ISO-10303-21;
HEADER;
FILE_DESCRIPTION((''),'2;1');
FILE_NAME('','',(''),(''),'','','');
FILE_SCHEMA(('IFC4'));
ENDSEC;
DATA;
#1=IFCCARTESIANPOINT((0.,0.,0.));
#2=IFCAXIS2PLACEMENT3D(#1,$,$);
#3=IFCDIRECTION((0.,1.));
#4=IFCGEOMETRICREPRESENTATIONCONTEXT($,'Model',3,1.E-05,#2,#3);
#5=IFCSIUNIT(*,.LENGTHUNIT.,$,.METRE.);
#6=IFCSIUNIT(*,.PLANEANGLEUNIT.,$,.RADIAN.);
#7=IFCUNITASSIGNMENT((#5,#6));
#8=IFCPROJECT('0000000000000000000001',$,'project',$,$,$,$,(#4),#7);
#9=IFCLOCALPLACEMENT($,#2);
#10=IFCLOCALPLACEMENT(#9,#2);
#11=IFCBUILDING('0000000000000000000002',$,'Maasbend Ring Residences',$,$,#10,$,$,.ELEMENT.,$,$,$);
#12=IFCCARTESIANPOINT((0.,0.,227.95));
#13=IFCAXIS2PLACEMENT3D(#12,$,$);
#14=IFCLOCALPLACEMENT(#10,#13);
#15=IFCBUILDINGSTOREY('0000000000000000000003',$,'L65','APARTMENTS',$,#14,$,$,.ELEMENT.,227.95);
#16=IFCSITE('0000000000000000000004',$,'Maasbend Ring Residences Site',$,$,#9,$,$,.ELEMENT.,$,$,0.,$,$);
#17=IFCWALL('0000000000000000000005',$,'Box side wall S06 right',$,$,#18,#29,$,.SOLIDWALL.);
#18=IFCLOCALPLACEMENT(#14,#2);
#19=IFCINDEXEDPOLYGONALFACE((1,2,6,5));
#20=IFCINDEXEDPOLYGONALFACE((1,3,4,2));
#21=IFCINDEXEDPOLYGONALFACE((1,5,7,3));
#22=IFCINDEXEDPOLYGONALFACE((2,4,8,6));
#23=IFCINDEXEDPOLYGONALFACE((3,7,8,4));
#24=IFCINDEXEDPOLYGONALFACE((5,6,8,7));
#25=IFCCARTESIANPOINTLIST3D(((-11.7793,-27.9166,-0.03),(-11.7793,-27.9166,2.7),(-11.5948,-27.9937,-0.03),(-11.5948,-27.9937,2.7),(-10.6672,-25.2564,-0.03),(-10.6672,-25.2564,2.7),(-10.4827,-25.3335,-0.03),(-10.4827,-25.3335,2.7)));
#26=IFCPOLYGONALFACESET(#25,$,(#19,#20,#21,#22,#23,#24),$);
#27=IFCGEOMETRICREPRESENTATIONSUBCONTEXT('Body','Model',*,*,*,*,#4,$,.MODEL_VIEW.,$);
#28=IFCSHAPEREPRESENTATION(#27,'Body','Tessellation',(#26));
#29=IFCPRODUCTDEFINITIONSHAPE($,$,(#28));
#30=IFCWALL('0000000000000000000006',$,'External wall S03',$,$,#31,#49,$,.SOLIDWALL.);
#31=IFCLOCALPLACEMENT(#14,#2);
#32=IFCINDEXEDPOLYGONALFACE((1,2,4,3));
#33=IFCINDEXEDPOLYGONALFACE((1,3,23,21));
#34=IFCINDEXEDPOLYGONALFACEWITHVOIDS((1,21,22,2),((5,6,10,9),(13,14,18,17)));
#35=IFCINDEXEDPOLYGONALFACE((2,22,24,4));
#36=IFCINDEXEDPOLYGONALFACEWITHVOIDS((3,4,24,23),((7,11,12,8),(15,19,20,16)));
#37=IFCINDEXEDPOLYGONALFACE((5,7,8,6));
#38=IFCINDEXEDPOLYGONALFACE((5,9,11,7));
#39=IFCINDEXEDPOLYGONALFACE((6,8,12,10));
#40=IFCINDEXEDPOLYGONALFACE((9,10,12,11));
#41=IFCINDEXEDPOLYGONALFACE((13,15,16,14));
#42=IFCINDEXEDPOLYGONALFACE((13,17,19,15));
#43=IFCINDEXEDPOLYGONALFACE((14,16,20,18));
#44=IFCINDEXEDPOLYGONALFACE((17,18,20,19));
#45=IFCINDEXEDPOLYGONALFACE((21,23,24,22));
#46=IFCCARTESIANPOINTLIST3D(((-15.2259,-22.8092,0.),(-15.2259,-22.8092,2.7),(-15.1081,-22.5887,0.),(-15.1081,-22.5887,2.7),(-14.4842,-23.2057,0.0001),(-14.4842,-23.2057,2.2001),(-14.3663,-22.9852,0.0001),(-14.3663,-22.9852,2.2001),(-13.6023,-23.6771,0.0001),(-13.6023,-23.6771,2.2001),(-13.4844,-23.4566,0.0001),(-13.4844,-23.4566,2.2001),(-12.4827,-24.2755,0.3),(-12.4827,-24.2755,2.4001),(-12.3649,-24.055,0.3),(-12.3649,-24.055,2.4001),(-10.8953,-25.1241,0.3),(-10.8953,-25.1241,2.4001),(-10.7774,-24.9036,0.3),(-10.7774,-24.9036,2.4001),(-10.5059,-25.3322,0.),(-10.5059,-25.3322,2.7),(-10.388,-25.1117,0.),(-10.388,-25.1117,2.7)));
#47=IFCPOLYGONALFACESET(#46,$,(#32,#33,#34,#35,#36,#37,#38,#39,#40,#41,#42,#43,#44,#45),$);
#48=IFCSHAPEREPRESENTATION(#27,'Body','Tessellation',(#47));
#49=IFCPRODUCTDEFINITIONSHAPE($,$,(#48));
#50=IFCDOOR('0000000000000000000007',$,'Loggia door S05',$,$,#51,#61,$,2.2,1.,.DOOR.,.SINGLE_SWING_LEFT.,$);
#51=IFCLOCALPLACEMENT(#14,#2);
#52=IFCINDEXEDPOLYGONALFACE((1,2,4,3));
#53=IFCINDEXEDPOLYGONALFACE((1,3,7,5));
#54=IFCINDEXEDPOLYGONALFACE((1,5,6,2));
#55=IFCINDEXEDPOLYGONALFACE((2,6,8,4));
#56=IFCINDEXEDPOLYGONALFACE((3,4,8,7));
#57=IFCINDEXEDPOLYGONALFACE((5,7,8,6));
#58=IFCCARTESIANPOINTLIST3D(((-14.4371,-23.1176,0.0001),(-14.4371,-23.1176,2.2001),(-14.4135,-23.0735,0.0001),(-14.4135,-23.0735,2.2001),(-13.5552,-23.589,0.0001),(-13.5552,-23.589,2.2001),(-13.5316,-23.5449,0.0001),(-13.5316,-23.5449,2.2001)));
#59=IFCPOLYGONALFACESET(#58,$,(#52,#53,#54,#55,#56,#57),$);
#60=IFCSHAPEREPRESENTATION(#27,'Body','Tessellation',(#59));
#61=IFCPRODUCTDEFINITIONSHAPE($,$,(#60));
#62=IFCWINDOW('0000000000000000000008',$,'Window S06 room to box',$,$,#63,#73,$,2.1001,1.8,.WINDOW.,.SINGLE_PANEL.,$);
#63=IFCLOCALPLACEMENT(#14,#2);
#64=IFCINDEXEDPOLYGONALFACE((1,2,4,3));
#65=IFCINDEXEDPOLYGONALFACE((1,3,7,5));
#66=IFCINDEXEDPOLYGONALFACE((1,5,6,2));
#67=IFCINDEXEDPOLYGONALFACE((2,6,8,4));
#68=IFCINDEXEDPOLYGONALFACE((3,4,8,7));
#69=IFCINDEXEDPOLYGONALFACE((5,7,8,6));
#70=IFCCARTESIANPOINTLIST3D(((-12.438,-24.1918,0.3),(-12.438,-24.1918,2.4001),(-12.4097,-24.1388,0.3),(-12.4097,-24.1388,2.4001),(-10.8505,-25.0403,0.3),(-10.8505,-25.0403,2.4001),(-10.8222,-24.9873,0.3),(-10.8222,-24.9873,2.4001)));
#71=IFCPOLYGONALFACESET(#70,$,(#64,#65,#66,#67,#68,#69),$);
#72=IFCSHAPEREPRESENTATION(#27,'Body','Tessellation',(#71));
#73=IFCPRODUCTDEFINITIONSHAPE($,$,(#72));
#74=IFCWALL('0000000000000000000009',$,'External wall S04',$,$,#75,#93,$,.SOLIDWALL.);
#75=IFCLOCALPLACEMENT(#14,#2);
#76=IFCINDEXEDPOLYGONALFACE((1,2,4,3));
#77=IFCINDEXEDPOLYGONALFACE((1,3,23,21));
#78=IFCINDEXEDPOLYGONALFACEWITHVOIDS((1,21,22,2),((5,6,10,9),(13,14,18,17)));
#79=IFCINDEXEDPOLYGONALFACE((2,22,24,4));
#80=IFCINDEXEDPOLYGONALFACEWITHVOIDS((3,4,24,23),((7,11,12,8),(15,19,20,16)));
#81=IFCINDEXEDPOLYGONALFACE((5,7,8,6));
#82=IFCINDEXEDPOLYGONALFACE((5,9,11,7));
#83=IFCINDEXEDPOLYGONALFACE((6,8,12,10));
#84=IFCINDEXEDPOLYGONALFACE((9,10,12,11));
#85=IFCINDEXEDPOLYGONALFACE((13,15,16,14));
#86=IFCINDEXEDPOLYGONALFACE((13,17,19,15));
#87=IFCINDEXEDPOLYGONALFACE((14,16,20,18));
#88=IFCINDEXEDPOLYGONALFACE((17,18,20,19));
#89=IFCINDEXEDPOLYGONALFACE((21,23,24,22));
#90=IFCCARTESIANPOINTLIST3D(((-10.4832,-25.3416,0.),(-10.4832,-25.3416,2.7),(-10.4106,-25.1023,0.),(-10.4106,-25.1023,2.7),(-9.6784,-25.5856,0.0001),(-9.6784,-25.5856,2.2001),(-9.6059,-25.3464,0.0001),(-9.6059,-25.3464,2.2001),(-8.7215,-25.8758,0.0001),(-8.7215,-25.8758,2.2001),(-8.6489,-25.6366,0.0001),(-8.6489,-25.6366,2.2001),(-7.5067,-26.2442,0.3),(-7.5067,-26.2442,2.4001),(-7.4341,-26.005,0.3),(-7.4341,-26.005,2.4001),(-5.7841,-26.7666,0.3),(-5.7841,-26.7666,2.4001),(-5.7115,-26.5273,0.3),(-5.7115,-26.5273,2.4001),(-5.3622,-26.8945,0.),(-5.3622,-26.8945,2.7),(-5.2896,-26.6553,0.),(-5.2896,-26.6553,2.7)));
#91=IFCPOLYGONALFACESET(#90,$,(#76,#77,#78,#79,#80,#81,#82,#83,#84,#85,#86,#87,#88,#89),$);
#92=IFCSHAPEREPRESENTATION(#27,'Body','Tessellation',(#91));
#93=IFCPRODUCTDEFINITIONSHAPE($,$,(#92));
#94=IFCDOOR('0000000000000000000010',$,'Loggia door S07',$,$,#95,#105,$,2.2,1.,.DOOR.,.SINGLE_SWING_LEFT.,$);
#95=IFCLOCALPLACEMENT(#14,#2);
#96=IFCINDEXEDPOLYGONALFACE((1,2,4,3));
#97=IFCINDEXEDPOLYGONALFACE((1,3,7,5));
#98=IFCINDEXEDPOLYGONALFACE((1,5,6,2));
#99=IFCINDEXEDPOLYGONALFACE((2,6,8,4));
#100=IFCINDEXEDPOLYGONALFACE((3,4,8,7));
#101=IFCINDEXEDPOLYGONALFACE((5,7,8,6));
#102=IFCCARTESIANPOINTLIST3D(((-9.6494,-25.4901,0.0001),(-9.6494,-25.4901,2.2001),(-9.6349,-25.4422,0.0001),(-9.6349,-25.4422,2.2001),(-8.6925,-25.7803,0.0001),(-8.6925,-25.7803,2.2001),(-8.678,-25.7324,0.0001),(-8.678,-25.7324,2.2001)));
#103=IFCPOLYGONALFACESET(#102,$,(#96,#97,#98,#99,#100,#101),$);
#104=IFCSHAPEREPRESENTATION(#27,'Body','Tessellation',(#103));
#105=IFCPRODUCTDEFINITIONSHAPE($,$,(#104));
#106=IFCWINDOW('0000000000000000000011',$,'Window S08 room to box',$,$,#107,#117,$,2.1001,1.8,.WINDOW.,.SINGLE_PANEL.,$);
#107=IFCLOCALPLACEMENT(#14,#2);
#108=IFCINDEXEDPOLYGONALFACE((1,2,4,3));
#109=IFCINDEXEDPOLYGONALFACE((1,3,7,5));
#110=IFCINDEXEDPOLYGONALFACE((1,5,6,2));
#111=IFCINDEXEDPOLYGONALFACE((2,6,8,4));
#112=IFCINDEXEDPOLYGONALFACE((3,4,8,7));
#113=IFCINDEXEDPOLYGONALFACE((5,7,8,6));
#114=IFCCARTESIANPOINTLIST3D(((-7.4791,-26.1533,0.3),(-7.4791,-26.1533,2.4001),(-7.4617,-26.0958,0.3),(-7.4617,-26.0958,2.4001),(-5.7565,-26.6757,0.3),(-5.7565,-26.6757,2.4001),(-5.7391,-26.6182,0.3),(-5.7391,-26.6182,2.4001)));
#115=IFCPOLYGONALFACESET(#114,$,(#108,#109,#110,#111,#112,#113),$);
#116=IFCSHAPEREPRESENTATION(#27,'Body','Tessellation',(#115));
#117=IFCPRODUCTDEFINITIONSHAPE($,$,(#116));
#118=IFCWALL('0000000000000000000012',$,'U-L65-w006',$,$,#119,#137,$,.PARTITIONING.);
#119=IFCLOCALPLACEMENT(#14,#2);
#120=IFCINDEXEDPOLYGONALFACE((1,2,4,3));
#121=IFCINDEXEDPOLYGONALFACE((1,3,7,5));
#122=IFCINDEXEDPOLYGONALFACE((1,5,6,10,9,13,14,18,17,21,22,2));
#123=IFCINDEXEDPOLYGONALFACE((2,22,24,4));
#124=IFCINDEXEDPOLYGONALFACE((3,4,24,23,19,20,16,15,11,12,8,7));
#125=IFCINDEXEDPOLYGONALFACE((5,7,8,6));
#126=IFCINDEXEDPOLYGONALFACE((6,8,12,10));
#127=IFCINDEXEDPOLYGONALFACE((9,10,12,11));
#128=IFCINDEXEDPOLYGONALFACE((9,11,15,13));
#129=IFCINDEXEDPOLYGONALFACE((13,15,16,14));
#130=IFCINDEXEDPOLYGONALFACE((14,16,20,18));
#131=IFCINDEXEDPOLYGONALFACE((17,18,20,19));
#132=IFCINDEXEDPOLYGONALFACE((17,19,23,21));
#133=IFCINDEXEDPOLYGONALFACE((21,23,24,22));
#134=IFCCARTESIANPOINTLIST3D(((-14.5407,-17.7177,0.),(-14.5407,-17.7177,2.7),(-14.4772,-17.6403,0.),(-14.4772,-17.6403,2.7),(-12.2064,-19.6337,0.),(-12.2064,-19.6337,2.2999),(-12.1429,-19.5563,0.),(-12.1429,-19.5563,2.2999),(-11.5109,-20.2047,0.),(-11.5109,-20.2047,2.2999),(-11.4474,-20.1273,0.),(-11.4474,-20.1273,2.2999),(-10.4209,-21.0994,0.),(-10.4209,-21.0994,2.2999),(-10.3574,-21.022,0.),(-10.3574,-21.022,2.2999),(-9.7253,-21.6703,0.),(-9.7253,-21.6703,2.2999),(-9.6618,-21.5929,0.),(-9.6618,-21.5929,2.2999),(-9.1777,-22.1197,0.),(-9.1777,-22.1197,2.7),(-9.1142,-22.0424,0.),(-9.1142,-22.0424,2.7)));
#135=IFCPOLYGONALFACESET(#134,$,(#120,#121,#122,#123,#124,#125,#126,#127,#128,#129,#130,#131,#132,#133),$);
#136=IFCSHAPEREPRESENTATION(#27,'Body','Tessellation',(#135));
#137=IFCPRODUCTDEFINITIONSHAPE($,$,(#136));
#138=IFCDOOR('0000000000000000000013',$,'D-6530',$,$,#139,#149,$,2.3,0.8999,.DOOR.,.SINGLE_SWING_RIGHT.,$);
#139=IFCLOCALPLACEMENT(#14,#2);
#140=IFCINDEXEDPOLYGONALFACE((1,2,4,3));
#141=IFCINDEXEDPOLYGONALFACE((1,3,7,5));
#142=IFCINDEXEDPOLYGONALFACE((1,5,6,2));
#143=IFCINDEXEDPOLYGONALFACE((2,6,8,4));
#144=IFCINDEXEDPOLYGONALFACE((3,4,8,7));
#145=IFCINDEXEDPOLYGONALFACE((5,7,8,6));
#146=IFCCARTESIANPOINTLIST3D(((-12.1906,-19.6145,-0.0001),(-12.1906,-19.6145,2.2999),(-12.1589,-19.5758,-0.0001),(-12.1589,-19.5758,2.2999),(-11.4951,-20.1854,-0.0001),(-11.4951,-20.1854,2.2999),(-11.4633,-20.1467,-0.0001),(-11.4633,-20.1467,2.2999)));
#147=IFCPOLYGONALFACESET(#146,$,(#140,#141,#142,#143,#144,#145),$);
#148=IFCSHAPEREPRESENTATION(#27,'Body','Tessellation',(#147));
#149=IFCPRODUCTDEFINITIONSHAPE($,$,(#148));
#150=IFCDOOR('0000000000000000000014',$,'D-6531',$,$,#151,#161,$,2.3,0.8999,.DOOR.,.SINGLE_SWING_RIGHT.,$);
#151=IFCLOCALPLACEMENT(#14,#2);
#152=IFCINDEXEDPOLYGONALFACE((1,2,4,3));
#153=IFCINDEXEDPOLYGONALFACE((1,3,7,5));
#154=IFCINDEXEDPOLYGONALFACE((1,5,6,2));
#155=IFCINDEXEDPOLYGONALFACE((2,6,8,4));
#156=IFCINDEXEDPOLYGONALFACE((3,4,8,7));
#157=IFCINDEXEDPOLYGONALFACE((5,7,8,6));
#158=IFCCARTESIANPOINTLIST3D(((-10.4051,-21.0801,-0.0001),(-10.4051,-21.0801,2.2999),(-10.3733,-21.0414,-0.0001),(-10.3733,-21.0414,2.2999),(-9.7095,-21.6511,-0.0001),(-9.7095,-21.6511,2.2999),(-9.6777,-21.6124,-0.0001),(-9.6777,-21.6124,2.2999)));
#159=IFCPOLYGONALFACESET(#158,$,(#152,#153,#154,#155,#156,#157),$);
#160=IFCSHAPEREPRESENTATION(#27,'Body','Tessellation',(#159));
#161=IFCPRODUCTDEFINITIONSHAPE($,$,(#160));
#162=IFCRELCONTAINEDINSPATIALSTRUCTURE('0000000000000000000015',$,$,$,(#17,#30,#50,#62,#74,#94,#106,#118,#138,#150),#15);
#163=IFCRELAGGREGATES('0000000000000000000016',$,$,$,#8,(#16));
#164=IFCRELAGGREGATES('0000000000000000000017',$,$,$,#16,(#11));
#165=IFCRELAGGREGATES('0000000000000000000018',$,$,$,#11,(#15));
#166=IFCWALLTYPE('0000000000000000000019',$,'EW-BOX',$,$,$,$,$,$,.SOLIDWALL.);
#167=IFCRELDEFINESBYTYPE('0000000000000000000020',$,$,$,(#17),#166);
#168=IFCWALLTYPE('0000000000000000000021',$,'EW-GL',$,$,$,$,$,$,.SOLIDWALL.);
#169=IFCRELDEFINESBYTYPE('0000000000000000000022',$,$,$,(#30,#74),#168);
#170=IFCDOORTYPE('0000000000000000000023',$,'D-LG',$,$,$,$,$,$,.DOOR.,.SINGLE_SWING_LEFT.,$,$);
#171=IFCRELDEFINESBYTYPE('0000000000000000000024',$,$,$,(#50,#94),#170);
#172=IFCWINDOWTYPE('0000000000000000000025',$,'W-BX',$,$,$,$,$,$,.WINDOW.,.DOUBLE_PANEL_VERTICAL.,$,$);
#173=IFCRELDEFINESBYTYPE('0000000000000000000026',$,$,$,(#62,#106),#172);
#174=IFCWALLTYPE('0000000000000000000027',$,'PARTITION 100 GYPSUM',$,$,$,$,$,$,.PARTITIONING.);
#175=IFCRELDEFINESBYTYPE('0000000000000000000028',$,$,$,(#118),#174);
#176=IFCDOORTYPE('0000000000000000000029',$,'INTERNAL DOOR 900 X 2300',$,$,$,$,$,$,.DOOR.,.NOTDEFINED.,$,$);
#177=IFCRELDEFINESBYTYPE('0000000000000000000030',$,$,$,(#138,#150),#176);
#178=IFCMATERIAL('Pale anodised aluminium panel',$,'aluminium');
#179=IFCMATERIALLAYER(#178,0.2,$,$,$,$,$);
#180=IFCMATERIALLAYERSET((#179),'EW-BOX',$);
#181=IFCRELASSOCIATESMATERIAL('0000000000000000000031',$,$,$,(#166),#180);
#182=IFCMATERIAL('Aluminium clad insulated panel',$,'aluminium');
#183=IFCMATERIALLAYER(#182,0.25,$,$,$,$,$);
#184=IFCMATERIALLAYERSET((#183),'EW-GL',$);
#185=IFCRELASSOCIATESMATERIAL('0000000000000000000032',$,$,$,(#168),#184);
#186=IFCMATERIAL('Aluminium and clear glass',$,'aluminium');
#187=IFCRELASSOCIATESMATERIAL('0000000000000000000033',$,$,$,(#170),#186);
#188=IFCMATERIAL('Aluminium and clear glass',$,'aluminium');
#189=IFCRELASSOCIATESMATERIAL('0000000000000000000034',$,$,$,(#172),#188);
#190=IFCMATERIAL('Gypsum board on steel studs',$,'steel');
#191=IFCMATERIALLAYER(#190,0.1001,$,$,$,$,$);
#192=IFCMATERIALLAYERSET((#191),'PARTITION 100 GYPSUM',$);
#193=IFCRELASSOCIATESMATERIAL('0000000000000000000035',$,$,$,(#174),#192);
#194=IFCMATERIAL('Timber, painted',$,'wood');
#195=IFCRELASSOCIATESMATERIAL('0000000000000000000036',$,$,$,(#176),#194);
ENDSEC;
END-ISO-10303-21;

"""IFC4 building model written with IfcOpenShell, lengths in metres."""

from ifc_helpers import new_model, si_unit, direction, frame, frame_2d, origin, place, context, subcontext, project, spatial, rectangle, extrude, material, layer, layer_set, type_object, element, fill, save


model = new_model("IFC4")

# Units and contexts
model_context = context("Model", 3, precision=1e-05, world=origin(), true_north=direction((0.0, 1.0)))
body_context = subcontext(model_context, "Body", "Model", "MODEL_VIEW")
ifc_project = project(units=[si_unit("LENGTHUNIT", "METRE"), si_unit("PLANEANGLEUNIT", "RADIAN")], contexts=[model_context])

# Site, building, storey
site_placement = place(None, origin())
site = spatial("IfcSite", under=ifc_project, at=site_placement, Name="Maasbend Ring Residences Site", CompositionType="ELEMENT", RefElevation=0.0)
building_placement = place(site_placement, origin())
building = spatial("IfcBuilding", under=site, at=building_placement, Name="Maasbend Ring Residences", CompositionType="ELEMENT")
storey_placement = place(building_placement, frame((0.0, 0.0, 227.95)))
storey = spatial("IfcBuildingStorey", under=building, at=storey_placement, Name="L65", Description="APARTMENTS", CompositionType="ELEMENT", Elevation=227.95)

# Shared definitions
ifc_material_1 = material(Name="Pale anodised aluminium panel", Category="aluminium")
ifc_layer_1 = layer(ifc_material_1, 0.2)
ifc_layer_set_1 = layer_set([ifc_layer_1], Name="EW-BOX")
wall_type_1 = type_object("IfcWallType", Name="EW-BOX", PredefinedType="SOLIDWALL", material=ifc_layer_set_1)

# Wall
wall_1_placement = place(storey_placement, frame((-10.575, -25.2949, -0.03), z_axis=(0.0, 0.0, 1.0), x_axis=(-0.385697, -0.922625, 0.0)))
element("IfcWall", 1, at=wall_1_placement, inside=storey, type_object=wall_type_1, Name="Box side wall S06 right", PredefinedType="SOLIDWALL", context=body_context, shape_type="SweptSolid", body=[
    extrude(rectangle(XDim=2.8833, YDim=0.2, at=frame_2d((1.4417, 0.0))), origin(), (0.0, 0.0, 1.0), 2.73),
])

# Walls, openings, doors, windows
ifc_material_2 = material(Name="Aluminium clad insulated panel", Category="aluminium")
ifc_layer_2 = layer(ifc_material_2, 0.25)
ifc_layer_set_2 = layer_set([ifc_layer_2], Name="EW-GL")
wall_type_2 = type_object("IfcWallType", Name="EW-GL", PredefinedType="SOLIDWALL", material=ifc_layer_set_2)
wall_2_placement = place(storey_placement, frame((-15.167, -22.699, 0.0), z_axis=(0.0, 0.0, 1.0), x_axis=(0.881916, -0.471407, 0.0)))
wall_2 = element("IfcWall", 2, at=wall_2_placement, inside=storey, type_object=wall_type_2, Name="External wall S03", PredefinedType="SOLIDWALL", context=body_context, shape_type="SweptSolid", body=[
    extrude(rectangle(XDim=5.3521, YDim=0.25, at=frame_2d((2.676, 0.0))), origin(), (0.0, 0.0, 1.0), 2.7),
])
opening_1_placement = place(wall_2_placement, frame((0.8411, 0.0, 0.0)))
opening_1 = element("IfcOpeningElement", 3, at=opening_1_placement, cuts=wall_2, PredefinedType="OPENING", context=body_context, shape_type="SweptSolid", body=[
    extrude(rectangle(XDim=1.0, YDim=2.2, at=frame_2d((0.5, 1.1001))), frame((0.0, 0.135, 0.0), z_axis=(0.0, -1.0, 0.0), x_axis=(1.0, 0.0, 0.0)), (0.0, 0.0, 1.0), 0.27),
])
opening_2_placement = place(wall_2_placement, frame((3.1106, 0.0, 0.3)))
opening_2 = element("IfcOpeningElement", 4, at=opening_2_placement, cuts=wall_2, PredefinedType="OPENING", context=body_context, shape_type="SweptSolid", body=[
    extrude(rectangle(XDim=1.8, YDim=2.1001, at=frame_2d((0.8999, 1.05))), frame((0.0, 0.135, 0.0), z_axis=(0.0, -1.0, 0.0), x_axis=(1.0, 0.0, 0.0)), (0.0, 0.0, 1.0), 0.27),
])
ifc_material_3 = material(Name="Aluminium and clear glass", Category="aluminium")
door_type_1 = type_object("IfcDoorType", Name="D-LG", OperationType="SINGLE_SWING_LEFT", PredefinedType="DOOR", material=ifc_material_3)
door_1_placement = place(opening_1_placement, origin())
door_1 = element("IfcDoor", 5, at=door_1_placement, inside=storey, type_object=door_type_1, Name="Loggia door S05", OperationType="SINGLE_SWING_LEFT", OverallHeight=2.2, OverallWidth=1.0, PredefinedType="DOOR", context=body_context, shape_type="SweptSolid", body=[
    extrude(rectangle(XDim=1.0, YDim=2.2, at=frame_2d((0.5, 1.1001))), frame((0.0, 0.0249, 0.0), z_axis=(0.0, -1.0, 0.0), x_axis=(1.0, 0.0, 0.0)), (0.0, 0.0, 1.0), 0.05),
])
fill(opening_1, door_1)
ifc_material_4 = material(Name="Aluminium and clear glass", Category="aluminium")
window_type_1 = type_object("IfcWindowType", Name="W-BX", PartitioningType="DOUBLE_PANEL_VERTICAL", PredefinedType="WINDOW", material=ifc_material_4)
window_1_placement = place(opening_2_placement, origin())
window_1 = element("IfcWindow", 6, at=window_1_placement, inside=storey, type_object=window_type_1, Name="Window S06 room to box", OverallHeight=2.1001, OverallWidth=1.8, PartitioningType="SINGLE_PANEL", PredefinedType="WINDOW", context=body_context, shape_type="SweptSolid", body=[
    extrude(rectangle(XDim=1.8, YDim=2.1001, at=frame_2d((0.8999, 1.05))), frame((0.0, 0.03, 0.0), z_axis=(0.0, -1.0, 0.0), x_axis=(1.0, 0.0, 0.0)), (0.0, 0.0, 1.0), 0.0601),
])
fill(opening_2, window_1)
wall_3_placement = place(storey_placement, frame((-10.447, -25.2219, 0.0), z_axis=(0.0, 0.0, 1.0), x_axis=(0.956966, -0.290201, 0.0)))
wall_3 = element("IfcWall", 7, at=wall_3_placement, inside=storey, type_object=wall_type_2, Name="External wall S04", PredefinedType="SOLIDWALL", context=body_context, shape_type="SweptSolid", body=[
    extrude(rectangle(XDim=5.3513, YDim=0.25, at=frame_2d((2.6758, 0.0))), origin(), (0.0, 0.0, 1.0), 2.7),
])
opening_3_placement = place(wall_3_placement, frame((0.8411, 0.0, 0.0)))
opening_3 = element("IfcOpeningElement", 8, at=opening_3_placement, cuts=wall_3, PredefinedType="OPENING", context=body_context, shape_type="SweptSolid", body=[
    extrude(rectangle(XDim=1.0, YDim=2.2, at=frame_2d((0.5, 1.1001))), frame((0.0, 0.135, 0.0), z_axis=(0.0, -1.0, 0.0), x_axis=(1.0, 0.0, 0.0)), (0.0, 0.0, 1.0), 0.27),
])
opening_4_placement = place(wall_3_placement, frame((3.1106, 0.0, 0.3)))
opening_4 = element("IfcOpeningElement", 9, at=opening_4_placement, cuts=wall_3, PredefinedType="OPENING", context=body_context, shape_type="SweptSolid", body=[
    extrude(rectangle(XDim=1.8, YDim=2.1001, at=frame_2d((0.8999, 1.05))), frame((0.0, 0.135, 0.0), z_axis=(0.0, -1.0, 0.0), x_axis=(1.0, 0.0, 0.0)), (0.0, 0.0, 1.0), 0.27),
])
door_2_placement = place(opening_3_placement, origin())
door_2 = element("IfcDoor", 10, at=door_2_placement, inside=storey, type_object=door_type_1, Name="Loggia door S07", OperationType="SINGLE_SWING_LEFT", OverallHeight=2.2, OverallWidth=1.0, PredefinedType="DOOR", context=body_context, shape_type="SweptSolid", body=[
    extrude(rectangle(XDim=1.0, YDim=2.2, at=frame_2d((0.5, 1.1001))), frame((0.0, 0.0249, 0.0), z_axis=(0.0, -1.0, 0.0), x_axis=(1.0, 0.0, 0.0)), (0.0, 0.0, 1.0), 0.05),
])
fill(opening_3, door_2)
window_2_placement = place(opening_4_placement, origin())
window_2 = element("IfcWindow", 11, at=window_2_placement, inside=storey, type_object=window_type_1, Name="Window S08 room to box", OverallHeight=2.1001, OverallWidth=1.8, PartitioningType="SINGLE_PANEL", PredefinedType="WINDOW", context=body_context, shape_type="SweptSolid", body=[
    extrude(rectangle(XDim=1.8, YDim=2.1001, at=frame_2d((0.8999, 1.05))), frame((0.0, 0.03, 0.0), z_axis=(0.0, -1.0, 0.0), x_axis=(1.0, 0.0, 0.0)), (0.0, 0.0, 1.0), 0.0601),
])
fill(opening_4, window_2)

# Wall, openings, doors
ifc_material_5 = material(Name="Gypsum board on steel studs", Category="steel")
ifc_layer_3 = layer(ifc_material_5, 0.1001)
ifc_layer_set_3 = layer_set([ifc_layer_3], Name="PARTITION 100 GYPSUM")
wall_type_3 = type_object("IfcWallType", Name="PARTITION 100 GYPSUM", PredefinedType="PARTITIONING", material=ifc_layer_set_3)
wall_4_placement = place(storey_placement, frame((-14.509, -17.679, 0.0), z_axis=(0.0, 0.0, 1.0), x_axis=(0.772956, -0.634459, 0.0)))
wall_4 = element("IfcWall", 12, at=wall_4_placement, inside=storey, type_object=wall_type_3, Name="U-L65-w006", PredefinedType="PARTITIONING", context=body_context, shape_type="SweptSolid", body=[
    extrude(rectangle(XDim=6.9382, YDim=0.1001, at=frame_2d((3.4692, 0.0))), origin(), (0.0, 0.0, 1.0), 2.7),
])
opening_5_placement = place(wall_4_placement, frame((3.02, 0.0, 0.0)))
opening_5 = element("IfcOpeningElement", 13, at=opening_5_placement, cuts=wall_4, PredefinedType="OPENING", context=body_context, shape_type="SweptSolid", body=[
    extrude(rectangle(XDim=0.8999, YDim=2.3, at=frame_2d((0.45, 1.1499))), frame((0.0, 0.0601, 0.0), z_axis=(0.0, -1.0, 0.0), x_axis=(1.0, 0.0, 0.0)), (0.0, 0.0, 1.0), 0.1201),
])
opening_6_placement = place(wall_4_placement, frame((5.3301, 0.0, 0.0)))
opening_6 = element("IfcOpeningElement", 14, at=opening_6_placement, cuts=wall_4, PredefinedType="OPENING", context=body_context, shape_type="SweptSolid", body=[
    extrude(rectangle(XDim=0.8999, YDim=2.3, at=frame_2d((0.45, 1.1499))), frame((0.0, 0.0601, 0.0), z_axis=(0.0, -1.0, 0.0), x_axis=(1.0, 0.0, 0.0)), (0.0, 0.0, 1.0), 0.1201),
])
ifc_material_6 = material(Name="Timber, painted", Category="wood")
door_type_2 = type_object("IfcDoorType", Name="INTERNAL DOOR 900 X 2300", OperationType="NOTDEFINED", PredefinedType="DOOR", material=ifc_material_6)
door_3_placement = place(opening_5_placement, origin())
door_3 = element("IfcDoor", 15, at=door_3_placement, inside=storey, type_object=door_type_2, Name="D-6530", OperationType="SINGLE_SWING_RIGHT", OverallHeight=2.3, OverallWidth=0.8999, PredefinedType="DOOR", context=body_context, shape_type="SweptSolid", body=[
    extrude(rectangle(XDim=0.8999, YDim=2.3, at=frame_2d((0.45, 1.1499))), frame((0.0, 0.0249, 0.0), z_axis=(0.0, -1.0, 0.0), x_axis=(1.0, 0.0, 0.0)), (0.0, 0.0, 1.0), 0.05),
])
fill(opening_5, door_3)
door_4_placement = place(opening_6_placement, origin())
door_4 = element("IfcDoor", 16, at=door_4_placement, inside=storey, type_object=door_type_2, Name="D-6531", OperationType="SINGLE_SWING_RIGHT", OverallHeight=2.3, OverallWidth=0.8999, PredefinedType="DOOR", context=body_context, shape_type="SweptSolid", body=[
    extrude(rectangle(XDim=0.8999, YDim=2.3, at=frame_2d((0.45, 1.1499))), frame((0.0, 0.0249, 0.0), z_axis=(0.0, -1.0, 0.0), x_axis=(1.0, 0.0, 0.0)), (0.0, 0.0, 1.0), 0.05),
])
fill(opening_6, door_4)

save(model, "model.ifc")
